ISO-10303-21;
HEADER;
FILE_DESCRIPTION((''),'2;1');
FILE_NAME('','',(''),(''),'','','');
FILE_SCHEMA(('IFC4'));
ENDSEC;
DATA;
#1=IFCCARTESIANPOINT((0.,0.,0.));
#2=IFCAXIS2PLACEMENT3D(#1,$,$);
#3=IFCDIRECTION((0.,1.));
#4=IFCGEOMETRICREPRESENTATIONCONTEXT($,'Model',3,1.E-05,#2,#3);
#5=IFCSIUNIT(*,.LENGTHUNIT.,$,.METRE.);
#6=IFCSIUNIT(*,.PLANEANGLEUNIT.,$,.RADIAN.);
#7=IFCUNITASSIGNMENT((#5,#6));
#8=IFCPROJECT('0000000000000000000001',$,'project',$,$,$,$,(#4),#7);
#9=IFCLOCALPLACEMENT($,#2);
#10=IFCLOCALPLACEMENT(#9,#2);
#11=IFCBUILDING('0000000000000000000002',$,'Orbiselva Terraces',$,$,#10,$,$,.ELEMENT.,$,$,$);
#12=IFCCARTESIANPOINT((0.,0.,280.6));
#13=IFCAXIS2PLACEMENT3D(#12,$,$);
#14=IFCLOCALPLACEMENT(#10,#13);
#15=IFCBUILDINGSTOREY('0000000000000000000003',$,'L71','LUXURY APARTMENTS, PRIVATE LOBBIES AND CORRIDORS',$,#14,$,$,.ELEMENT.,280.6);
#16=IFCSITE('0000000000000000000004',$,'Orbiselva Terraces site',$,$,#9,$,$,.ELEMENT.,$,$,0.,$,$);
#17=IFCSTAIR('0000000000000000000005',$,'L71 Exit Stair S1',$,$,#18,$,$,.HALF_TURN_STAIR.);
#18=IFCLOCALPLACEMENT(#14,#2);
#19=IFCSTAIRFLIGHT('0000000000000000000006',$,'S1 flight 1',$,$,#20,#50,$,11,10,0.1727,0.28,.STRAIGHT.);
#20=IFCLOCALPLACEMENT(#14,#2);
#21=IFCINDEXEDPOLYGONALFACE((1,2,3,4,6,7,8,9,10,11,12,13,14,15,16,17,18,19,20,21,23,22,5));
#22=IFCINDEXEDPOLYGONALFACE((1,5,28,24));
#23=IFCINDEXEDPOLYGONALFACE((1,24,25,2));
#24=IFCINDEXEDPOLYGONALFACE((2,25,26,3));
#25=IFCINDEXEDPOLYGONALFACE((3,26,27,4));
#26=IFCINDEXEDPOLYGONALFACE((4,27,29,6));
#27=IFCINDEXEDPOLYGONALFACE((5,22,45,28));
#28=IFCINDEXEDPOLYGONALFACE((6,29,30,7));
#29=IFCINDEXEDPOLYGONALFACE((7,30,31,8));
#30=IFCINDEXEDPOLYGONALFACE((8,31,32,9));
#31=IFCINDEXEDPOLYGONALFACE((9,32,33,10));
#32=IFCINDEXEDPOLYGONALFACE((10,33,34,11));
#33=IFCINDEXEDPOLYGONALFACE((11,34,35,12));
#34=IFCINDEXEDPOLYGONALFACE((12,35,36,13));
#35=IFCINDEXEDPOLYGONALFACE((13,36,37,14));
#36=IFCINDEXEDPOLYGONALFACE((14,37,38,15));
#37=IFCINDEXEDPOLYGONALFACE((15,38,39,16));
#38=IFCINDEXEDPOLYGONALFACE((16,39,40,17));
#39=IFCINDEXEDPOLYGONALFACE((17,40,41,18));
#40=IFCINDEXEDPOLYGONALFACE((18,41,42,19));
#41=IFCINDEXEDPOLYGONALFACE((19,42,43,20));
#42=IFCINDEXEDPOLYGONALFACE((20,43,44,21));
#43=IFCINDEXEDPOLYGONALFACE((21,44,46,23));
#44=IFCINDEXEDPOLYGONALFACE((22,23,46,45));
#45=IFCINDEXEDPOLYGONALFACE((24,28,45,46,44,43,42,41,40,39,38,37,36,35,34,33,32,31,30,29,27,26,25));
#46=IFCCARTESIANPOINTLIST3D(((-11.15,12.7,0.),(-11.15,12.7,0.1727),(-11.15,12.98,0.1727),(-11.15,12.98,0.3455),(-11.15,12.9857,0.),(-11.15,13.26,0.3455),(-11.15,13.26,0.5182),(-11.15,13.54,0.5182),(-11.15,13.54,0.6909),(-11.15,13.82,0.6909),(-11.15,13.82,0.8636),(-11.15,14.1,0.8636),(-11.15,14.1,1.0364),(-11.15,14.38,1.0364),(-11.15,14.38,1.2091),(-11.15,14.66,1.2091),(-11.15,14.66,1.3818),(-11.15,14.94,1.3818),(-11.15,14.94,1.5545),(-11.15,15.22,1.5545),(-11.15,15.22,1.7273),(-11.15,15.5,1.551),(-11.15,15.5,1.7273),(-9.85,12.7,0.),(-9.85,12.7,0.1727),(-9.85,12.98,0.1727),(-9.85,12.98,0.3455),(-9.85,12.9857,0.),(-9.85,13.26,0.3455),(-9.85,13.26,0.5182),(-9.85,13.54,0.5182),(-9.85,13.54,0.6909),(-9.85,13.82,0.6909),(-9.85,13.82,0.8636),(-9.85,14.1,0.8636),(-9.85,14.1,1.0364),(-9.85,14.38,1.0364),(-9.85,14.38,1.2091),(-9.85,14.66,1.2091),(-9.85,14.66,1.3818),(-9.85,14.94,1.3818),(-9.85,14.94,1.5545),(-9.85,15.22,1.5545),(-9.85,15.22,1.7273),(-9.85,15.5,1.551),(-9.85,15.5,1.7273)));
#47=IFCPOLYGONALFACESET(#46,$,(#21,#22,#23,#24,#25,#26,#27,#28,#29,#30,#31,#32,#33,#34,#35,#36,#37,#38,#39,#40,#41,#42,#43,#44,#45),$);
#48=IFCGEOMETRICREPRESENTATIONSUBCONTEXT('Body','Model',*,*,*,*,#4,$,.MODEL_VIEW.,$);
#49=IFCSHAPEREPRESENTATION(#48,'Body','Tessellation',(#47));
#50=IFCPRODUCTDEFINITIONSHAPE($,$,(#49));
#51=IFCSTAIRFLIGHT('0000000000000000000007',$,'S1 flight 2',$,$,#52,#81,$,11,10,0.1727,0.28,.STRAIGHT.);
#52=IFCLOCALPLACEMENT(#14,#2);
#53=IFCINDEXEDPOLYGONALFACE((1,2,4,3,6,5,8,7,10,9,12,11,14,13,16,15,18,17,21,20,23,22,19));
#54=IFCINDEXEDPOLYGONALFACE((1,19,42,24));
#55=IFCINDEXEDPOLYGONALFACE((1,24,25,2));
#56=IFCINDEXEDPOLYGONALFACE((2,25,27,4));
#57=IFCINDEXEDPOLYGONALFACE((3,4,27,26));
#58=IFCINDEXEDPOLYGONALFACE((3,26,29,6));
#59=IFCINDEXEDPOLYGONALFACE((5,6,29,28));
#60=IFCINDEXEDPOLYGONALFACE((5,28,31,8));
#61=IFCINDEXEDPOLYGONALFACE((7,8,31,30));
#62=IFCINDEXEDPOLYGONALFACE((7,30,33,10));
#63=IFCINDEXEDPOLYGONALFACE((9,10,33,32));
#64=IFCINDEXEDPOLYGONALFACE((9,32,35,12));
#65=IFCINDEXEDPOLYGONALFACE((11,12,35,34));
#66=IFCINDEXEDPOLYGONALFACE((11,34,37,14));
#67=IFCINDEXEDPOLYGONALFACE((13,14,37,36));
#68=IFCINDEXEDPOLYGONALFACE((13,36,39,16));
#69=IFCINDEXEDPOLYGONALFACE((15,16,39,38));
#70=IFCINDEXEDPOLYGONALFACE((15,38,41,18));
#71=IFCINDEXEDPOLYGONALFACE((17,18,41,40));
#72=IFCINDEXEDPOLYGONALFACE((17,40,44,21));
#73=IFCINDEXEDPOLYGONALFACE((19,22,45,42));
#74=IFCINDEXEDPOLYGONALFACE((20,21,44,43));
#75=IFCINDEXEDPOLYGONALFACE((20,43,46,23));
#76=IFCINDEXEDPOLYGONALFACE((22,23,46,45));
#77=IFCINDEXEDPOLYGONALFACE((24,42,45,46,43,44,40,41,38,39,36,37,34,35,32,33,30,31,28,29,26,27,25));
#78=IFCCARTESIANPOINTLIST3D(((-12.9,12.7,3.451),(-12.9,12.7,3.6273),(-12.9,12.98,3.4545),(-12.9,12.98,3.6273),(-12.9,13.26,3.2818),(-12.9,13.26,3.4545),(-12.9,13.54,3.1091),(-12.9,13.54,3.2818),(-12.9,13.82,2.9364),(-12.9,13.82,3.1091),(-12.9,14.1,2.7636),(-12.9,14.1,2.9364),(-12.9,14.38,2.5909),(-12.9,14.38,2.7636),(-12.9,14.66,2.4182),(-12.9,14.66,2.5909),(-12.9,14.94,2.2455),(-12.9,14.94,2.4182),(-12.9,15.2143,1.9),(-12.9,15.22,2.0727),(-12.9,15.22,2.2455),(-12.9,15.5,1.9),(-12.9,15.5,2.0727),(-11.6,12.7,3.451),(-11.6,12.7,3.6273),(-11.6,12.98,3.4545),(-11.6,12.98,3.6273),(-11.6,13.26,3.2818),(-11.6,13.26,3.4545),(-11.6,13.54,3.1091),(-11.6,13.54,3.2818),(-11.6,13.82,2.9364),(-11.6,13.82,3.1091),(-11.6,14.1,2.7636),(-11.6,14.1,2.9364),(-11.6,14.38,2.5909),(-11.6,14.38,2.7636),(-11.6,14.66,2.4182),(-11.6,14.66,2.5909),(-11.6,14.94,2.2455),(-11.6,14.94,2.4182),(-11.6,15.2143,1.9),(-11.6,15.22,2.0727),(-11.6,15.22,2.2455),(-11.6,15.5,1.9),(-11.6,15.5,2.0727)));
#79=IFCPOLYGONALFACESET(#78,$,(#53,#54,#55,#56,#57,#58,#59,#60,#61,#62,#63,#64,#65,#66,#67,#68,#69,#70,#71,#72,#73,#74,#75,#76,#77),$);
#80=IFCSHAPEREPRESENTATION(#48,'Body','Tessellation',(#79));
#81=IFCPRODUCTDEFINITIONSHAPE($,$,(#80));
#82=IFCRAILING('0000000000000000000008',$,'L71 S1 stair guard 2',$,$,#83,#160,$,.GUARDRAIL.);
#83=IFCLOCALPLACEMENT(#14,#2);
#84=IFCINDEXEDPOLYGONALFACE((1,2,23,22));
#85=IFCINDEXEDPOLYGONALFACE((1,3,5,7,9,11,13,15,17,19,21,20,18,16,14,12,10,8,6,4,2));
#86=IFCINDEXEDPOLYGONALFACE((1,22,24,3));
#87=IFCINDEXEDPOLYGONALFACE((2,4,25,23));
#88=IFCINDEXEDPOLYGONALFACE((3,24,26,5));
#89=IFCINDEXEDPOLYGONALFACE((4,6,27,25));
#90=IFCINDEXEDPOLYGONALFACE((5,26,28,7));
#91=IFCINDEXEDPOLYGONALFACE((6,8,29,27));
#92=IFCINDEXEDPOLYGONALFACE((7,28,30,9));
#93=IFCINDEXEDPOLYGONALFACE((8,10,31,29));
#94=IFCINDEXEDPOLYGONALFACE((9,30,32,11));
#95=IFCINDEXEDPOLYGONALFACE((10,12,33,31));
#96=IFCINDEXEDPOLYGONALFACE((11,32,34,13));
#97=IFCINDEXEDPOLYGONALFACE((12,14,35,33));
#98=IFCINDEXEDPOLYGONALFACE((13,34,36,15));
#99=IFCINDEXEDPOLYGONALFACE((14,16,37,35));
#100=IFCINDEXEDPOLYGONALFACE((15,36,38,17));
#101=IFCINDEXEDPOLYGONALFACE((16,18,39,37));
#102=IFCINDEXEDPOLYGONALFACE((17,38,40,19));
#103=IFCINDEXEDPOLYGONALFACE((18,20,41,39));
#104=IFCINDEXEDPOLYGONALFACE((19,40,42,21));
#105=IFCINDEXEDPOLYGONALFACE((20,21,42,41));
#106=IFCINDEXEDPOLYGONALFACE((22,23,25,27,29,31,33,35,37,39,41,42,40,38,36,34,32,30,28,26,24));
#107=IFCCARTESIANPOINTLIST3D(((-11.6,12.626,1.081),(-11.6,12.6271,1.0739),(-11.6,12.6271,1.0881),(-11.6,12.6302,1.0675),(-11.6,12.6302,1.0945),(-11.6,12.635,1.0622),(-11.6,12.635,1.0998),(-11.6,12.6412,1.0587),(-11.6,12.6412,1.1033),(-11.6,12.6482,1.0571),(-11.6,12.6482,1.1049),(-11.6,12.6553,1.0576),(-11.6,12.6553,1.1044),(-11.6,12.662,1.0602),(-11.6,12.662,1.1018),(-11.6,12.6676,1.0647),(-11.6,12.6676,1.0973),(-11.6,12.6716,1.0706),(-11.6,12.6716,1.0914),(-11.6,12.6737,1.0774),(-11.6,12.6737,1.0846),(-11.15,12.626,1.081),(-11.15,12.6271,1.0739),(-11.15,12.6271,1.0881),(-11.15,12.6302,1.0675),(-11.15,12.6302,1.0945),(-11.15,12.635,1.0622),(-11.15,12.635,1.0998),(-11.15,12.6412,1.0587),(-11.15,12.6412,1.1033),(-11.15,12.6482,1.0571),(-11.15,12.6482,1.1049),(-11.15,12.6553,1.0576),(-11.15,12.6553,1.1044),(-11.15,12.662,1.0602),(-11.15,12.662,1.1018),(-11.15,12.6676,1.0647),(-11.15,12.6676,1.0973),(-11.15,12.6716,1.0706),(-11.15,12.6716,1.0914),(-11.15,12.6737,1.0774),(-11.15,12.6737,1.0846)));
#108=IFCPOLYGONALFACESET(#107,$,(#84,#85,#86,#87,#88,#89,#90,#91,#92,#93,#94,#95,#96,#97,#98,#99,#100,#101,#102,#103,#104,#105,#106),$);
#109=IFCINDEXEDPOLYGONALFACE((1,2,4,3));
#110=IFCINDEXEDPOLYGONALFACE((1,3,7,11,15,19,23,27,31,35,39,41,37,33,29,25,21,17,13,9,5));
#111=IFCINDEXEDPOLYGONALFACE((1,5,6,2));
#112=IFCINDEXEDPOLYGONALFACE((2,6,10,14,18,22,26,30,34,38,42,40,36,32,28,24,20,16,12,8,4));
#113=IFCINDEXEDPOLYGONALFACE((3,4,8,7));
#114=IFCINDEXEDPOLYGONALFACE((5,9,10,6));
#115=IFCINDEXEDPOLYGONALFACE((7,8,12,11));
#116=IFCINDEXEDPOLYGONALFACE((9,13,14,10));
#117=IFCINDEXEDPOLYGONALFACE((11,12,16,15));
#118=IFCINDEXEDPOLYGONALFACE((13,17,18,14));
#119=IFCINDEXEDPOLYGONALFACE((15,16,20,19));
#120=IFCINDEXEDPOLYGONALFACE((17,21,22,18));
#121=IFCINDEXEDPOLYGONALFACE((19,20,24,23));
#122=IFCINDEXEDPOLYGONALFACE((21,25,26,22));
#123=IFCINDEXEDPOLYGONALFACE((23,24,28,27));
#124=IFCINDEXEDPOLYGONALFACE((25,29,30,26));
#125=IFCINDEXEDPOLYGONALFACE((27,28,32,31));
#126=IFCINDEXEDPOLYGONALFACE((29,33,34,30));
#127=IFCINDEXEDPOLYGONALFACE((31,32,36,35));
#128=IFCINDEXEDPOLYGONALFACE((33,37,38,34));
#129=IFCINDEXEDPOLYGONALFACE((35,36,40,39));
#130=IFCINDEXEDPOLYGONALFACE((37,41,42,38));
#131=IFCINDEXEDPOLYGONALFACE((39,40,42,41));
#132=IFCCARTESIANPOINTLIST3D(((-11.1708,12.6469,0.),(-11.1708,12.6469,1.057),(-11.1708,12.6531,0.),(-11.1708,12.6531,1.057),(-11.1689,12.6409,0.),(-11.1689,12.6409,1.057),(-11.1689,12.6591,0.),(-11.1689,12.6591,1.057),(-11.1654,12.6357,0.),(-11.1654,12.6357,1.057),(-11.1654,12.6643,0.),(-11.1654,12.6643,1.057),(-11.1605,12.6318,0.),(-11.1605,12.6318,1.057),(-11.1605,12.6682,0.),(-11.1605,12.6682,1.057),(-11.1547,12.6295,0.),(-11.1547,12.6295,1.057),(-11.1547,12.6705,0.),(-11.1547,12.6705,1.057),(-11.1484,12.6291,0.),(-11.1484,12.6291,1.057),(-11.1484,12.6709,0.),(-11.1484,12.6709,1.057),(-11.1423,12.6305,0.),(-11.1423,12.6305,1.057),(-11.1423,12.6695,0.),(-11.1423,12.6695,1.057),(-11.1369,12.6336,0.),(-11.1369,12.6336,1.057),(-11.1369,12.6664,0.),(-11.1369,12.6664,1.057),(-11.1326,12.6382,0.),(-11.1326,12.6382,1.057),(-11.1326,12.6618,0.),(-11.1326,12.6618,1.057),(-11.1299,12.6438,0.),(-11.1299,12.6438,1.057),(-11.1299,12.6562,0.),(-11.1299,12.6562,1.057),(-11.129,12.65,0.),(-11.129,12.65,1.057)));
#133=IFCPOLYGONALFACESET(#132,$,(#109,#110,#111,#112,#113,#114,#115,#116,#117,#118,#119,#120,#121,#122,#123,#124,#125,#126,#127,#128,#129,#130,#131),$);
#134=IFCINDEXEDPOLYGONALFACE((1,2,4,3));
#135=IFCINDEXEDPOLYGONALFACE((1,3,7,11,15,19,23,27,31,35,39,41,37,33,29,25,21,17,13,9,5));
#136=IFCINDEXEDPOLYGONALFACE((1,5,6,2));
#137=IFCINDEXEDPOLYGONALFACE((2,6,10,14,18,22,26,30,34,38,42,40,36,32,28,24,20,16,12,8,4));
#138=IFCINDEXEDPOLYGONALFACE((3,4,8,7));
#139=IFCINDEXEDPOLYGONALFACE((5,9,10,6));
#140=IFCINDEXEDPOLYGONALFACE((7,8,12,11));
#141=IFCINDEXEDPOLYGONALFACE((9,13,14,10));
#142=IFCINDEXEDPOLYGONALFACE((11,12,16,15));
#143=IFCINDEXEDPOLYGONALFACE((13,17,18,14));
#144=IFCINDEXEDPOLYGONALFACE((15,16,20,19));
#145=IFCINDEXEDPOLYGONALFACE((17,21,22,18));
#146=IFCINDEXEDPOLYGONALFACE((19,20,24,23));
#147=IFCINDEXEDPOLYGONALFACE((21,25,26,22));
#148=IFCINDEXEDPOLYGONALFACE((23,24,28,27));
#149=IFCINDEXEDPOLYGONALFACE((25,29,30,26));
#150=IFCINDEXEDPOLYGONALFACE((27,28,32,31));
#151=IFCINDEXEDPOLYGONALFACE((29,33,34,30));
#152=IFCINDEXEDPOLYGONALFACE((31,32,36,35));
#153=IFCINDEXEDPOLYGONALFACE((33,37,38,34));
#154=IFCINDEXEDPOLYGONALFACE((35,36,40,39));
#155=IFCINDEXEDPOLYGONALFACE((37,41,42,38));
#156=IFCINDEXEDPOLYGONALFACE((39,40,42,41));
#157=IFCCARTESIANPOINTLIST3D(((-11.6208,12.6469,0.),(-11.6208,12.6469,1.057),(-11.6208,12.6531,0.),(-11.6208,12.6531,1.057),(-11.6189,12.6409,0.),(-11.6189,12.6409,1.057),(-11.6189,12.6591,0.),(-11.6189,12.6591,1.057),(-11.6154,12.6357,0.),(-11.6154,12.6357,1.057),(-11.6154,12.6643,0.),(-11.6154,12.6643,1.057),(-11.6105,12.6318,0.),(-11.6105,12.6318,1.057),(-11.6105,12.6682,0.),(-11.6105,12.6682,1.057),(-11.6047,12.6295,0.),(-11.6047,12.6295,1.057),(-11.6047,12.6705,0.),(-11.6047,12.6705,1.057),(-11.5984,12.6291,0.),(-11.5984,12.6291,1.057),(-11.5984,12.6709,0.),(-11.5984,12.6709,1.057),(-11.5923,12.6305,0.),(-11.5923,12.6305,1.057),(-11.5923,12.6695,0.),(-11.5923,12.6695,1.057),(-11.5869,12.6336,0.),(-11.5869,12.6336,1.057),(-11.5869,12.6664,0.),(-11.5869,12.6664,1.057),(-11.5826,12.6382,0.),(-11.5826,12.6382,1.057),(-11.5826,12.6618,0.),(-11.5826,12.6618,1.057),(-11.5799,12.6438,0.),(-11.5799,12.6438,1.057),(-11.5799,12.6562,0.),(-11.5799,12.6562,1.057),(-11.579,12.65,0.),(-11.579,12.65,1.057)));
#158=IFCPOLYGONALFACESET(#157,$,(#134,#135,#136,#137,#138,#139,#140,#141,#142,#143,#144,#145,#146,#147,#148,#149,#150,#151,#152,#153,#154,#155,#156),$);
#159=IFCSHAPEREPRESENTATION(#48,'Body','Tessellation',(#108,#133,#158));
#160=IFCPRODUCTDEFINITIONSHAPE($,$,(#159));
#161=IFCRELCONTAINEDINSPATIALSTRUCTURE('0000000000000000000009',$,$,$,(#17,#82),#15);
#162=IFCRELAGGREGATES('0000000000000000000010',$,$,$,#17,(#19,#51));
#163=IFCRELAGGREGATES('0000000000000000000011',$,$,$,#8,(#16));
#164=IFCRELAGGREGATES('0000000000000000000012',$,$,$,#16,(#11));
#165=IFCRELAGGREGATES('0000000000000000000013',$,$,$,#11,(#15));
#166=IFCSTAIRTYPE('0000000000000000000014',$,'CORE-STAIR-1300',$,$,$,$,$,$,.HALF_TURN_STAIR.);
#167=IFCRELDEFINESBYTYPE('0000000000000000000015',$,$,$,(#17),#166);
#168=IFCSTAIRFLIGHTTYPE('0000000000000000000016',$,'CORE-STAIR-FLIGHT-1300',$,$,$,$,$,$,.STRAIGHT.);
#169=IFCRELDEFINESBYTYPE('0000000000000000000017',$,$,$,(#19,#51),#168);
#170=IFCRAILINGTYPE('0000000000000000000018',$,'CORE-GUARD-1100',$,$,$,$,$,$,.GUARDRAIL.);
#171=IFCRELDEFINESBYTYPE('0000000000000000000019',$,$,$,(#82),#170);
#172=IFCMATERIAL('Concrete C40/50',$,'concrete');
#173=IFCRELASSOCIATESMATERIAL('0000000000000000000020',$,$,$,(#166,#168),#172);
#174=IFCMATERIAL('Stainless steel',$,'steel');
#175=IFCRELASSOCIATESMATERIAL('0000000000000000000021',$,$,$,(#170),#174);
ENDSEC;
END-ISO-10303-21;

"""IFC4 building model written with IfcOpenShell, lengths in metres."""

from ifc_helpers import new_model, si_unit, direction, frame, origin, origin_2d, place, context, subcontext, project, spatial, polyline, circle, outline, extrude, material, type_object, element, aggregate, save


model = new_model("IFC4")

# Units and contexts
model_context = context("Model", 3, precision=1e-05, world=origin(), true_north=direction((0.0, 1.0)))
body_context = subcontext(model_context, "Body", "Model", "MODEL_VIEW")
ifc_project = project(units=[si_unit("LENGTHUNIT", "METRE"), si_unit("PLANEANGLEUNIT", "RADIAN")], contexts=[model_context])

# Site, building, storey
site_placement = place(None, origin())
site = spatial("IfcSite", under=ifc_project, at=site_placement, Name="Orbiselva Terraces site", CompositionType="ELEMENT", RefElevation=0.0)
building_placement = place(site_placement, origin())
building = spatial("IfcBuilding", under=site, at=building_placement, Name="Orbiselva Terraces", CompositionType="ELEMENT")
storey_placement = place(building_placement, frame((0.0, 0.0, 280.6)))
storey = spatial("IfcBuildingStorey", under=building, at=storey_placement, Name="L71", Description="LUXURY APARTMENTS, PRIVATE LOBBIES AND CORRIDORS", CompositionType="ELEMENT", Elevation=280.6)

# Shared definitions
ifc_material_1 = material(Name="Concrete C40/50", Category="concrete")

# Stair, stair flights
stair_type = type_object("IfcStairType", Name="CORE-STAIR-1300", PredefinedType="HALF_TURN_STAIR", material=ifc_material_1)
stair_placement = place(storey_placement, origin())
stair = element("IfcStair", 1, at=stair_placement, inside=storey, type_object=stair_type, Name="L71 Exit Stair S1", PredefinedType="HALF_TURN_STAIR")
stair_flight_type = type_object("IfcStairFlightType", Name="CORE-STAIR-FLIGHT-1300", PredefinedType="STRAIGHT", material=ifc_material_1)
stair_flight_1_placement = place(storey_placement, frame((-10.5, 12.7, 0.0), z_axis=(0.0, 0.0, 1.0), x_axis=(0.0, 1.0, 0.0)))
stair_flight_1 = element("IfcStairFlight", 2, at=stair_flight_1_placement, type_object=stair_flight_type, Name="S1 flight 1", NumberOfRisers=11, NumberOfTreads=10, PredefinedType="STRAIGHT", RiserHeight=0.1727, TreadLength=0.28, context=body_context, shape_type="SweptSolid", body=[
    extrude(outline(polyline([(0.0, 0.0), (0.0, 0.1727), (0.28, 0.1727), (0.28, 0.3455), (0.56, 0.3455), (0.56, 0.5182), (0.84, 0.5182), (0.84, 0.6909), (1.12, 0.6909), (1.12, 0.8636), (1.4, 0.8636), (1.4, 1.0364), (1.68, 1.0364), (1.68, 1.2091), (1.96, 1.2091), (1.96, 1.3818), (2.24, 1.3818), (2.24, 1.5545), (2.52, 1.5545), (2.52, 1.7273), (2.8, 1.7273), (2.8, 1.9), (2.8, 1.551), (0.2857, 0.0), (0.0, 0.0)])), frame((0.0, 0.65, 0.0), z_axis=(0.0, -1.0, 0.0), x_axis=(1.0, 0.0, 0.0)), (0.0, 0.0, 1.0), 1.3),
])
stair_flight_2_placement = place(storey_placement, frame((-12.25, 15.5, 1.9), z_axis=(0.0, 0.0, 1.0), x_axis=(0.0, -1.0, 0.0)))
stair_flight_2 = element("IfcStairFlight", 3, at=stair_flight_2_placement, type_object=stair_flight_type, Name="S1 flight 2", NumberOfRisers=11, NumberOfTreads=10, PredefinedType="STRAIGHT", RiserHeight=0.1727, TreadLength=0.28, context=body_context, shape_type="SweptSolid", body=[
    extrude(outline(polyline([(0.0, 0.0), (0.0, 0.1727), (0.28, 0.1727), (0.28, 0.3455), (0.56, 0.3455), (0.56, 0.5182), (0.84, 0.5182), (0.84, 0.6909), (1.12, 0.6909), (1.12, 0.8636), (1.4, 0.8636), (1.4, 1.0364), (1.68, 1.0364), (1.68, 1.2091), (1.96, 1.2091), (1.96, 1.3818), (2.24, 1.3818), (2.24, 1.5545), (2.52, 1.5545), (2.52, 1.7273), (2.8, 1.7273), (2.8, 1.9), (2.8, 1.551), (0.2857, 0.0), (0.0, 0.0)])), frame((0.0, 0.65, 0.0), z_axis=(0.0, -1.0, 0.0), x_axis=(1.0, 0.0, 0.0)), (0.0, 0.0, 1.0), 1.3),
])
aggregate(stair, [stair_flight_1, stair_flight_2])

# Railing
ifc_material_2 = material(Name="Stainless steel", Category="steel")
railing_type_1 = type_object("IfcRailingType", Name="CORE-GUARD-1100", PredefinedType="GUARDRAIL", material=ifc_material_2)
railing_1_placement = place(storey_placement, frame((-11.15, 12.65, 0.0)))
element("IfcRailing", 4, at=railing_1_placement, inside=storey, type_object=railing_type_1, Name="L71 S1 stair guard 2", PredefinedType="GUARDRAIL", context=body_context, shape_type="SweptSolid", body=[
    extrude(circle(Radius=0.024, at=origin_2d()), frame((0.0, 0.0, 1.081), z_axis=(-1.0, 0.0, 0.0), x_axis=(0.0, -1.0, 0.0)), (0.0, 0.0, 1.0), 0.45),
    extrude(circle(Radius=0.021, at=origin_2d()), origin(), (0.0, 0.0, 1.0), 1.057),
    extrude(circle(Radius=0.021, at=origin_2d()), frame((-0.45, 0.0, 0.0)), (0.0, 0.0, 1.0), 1.057),
])

save(model, "model.ifc")
